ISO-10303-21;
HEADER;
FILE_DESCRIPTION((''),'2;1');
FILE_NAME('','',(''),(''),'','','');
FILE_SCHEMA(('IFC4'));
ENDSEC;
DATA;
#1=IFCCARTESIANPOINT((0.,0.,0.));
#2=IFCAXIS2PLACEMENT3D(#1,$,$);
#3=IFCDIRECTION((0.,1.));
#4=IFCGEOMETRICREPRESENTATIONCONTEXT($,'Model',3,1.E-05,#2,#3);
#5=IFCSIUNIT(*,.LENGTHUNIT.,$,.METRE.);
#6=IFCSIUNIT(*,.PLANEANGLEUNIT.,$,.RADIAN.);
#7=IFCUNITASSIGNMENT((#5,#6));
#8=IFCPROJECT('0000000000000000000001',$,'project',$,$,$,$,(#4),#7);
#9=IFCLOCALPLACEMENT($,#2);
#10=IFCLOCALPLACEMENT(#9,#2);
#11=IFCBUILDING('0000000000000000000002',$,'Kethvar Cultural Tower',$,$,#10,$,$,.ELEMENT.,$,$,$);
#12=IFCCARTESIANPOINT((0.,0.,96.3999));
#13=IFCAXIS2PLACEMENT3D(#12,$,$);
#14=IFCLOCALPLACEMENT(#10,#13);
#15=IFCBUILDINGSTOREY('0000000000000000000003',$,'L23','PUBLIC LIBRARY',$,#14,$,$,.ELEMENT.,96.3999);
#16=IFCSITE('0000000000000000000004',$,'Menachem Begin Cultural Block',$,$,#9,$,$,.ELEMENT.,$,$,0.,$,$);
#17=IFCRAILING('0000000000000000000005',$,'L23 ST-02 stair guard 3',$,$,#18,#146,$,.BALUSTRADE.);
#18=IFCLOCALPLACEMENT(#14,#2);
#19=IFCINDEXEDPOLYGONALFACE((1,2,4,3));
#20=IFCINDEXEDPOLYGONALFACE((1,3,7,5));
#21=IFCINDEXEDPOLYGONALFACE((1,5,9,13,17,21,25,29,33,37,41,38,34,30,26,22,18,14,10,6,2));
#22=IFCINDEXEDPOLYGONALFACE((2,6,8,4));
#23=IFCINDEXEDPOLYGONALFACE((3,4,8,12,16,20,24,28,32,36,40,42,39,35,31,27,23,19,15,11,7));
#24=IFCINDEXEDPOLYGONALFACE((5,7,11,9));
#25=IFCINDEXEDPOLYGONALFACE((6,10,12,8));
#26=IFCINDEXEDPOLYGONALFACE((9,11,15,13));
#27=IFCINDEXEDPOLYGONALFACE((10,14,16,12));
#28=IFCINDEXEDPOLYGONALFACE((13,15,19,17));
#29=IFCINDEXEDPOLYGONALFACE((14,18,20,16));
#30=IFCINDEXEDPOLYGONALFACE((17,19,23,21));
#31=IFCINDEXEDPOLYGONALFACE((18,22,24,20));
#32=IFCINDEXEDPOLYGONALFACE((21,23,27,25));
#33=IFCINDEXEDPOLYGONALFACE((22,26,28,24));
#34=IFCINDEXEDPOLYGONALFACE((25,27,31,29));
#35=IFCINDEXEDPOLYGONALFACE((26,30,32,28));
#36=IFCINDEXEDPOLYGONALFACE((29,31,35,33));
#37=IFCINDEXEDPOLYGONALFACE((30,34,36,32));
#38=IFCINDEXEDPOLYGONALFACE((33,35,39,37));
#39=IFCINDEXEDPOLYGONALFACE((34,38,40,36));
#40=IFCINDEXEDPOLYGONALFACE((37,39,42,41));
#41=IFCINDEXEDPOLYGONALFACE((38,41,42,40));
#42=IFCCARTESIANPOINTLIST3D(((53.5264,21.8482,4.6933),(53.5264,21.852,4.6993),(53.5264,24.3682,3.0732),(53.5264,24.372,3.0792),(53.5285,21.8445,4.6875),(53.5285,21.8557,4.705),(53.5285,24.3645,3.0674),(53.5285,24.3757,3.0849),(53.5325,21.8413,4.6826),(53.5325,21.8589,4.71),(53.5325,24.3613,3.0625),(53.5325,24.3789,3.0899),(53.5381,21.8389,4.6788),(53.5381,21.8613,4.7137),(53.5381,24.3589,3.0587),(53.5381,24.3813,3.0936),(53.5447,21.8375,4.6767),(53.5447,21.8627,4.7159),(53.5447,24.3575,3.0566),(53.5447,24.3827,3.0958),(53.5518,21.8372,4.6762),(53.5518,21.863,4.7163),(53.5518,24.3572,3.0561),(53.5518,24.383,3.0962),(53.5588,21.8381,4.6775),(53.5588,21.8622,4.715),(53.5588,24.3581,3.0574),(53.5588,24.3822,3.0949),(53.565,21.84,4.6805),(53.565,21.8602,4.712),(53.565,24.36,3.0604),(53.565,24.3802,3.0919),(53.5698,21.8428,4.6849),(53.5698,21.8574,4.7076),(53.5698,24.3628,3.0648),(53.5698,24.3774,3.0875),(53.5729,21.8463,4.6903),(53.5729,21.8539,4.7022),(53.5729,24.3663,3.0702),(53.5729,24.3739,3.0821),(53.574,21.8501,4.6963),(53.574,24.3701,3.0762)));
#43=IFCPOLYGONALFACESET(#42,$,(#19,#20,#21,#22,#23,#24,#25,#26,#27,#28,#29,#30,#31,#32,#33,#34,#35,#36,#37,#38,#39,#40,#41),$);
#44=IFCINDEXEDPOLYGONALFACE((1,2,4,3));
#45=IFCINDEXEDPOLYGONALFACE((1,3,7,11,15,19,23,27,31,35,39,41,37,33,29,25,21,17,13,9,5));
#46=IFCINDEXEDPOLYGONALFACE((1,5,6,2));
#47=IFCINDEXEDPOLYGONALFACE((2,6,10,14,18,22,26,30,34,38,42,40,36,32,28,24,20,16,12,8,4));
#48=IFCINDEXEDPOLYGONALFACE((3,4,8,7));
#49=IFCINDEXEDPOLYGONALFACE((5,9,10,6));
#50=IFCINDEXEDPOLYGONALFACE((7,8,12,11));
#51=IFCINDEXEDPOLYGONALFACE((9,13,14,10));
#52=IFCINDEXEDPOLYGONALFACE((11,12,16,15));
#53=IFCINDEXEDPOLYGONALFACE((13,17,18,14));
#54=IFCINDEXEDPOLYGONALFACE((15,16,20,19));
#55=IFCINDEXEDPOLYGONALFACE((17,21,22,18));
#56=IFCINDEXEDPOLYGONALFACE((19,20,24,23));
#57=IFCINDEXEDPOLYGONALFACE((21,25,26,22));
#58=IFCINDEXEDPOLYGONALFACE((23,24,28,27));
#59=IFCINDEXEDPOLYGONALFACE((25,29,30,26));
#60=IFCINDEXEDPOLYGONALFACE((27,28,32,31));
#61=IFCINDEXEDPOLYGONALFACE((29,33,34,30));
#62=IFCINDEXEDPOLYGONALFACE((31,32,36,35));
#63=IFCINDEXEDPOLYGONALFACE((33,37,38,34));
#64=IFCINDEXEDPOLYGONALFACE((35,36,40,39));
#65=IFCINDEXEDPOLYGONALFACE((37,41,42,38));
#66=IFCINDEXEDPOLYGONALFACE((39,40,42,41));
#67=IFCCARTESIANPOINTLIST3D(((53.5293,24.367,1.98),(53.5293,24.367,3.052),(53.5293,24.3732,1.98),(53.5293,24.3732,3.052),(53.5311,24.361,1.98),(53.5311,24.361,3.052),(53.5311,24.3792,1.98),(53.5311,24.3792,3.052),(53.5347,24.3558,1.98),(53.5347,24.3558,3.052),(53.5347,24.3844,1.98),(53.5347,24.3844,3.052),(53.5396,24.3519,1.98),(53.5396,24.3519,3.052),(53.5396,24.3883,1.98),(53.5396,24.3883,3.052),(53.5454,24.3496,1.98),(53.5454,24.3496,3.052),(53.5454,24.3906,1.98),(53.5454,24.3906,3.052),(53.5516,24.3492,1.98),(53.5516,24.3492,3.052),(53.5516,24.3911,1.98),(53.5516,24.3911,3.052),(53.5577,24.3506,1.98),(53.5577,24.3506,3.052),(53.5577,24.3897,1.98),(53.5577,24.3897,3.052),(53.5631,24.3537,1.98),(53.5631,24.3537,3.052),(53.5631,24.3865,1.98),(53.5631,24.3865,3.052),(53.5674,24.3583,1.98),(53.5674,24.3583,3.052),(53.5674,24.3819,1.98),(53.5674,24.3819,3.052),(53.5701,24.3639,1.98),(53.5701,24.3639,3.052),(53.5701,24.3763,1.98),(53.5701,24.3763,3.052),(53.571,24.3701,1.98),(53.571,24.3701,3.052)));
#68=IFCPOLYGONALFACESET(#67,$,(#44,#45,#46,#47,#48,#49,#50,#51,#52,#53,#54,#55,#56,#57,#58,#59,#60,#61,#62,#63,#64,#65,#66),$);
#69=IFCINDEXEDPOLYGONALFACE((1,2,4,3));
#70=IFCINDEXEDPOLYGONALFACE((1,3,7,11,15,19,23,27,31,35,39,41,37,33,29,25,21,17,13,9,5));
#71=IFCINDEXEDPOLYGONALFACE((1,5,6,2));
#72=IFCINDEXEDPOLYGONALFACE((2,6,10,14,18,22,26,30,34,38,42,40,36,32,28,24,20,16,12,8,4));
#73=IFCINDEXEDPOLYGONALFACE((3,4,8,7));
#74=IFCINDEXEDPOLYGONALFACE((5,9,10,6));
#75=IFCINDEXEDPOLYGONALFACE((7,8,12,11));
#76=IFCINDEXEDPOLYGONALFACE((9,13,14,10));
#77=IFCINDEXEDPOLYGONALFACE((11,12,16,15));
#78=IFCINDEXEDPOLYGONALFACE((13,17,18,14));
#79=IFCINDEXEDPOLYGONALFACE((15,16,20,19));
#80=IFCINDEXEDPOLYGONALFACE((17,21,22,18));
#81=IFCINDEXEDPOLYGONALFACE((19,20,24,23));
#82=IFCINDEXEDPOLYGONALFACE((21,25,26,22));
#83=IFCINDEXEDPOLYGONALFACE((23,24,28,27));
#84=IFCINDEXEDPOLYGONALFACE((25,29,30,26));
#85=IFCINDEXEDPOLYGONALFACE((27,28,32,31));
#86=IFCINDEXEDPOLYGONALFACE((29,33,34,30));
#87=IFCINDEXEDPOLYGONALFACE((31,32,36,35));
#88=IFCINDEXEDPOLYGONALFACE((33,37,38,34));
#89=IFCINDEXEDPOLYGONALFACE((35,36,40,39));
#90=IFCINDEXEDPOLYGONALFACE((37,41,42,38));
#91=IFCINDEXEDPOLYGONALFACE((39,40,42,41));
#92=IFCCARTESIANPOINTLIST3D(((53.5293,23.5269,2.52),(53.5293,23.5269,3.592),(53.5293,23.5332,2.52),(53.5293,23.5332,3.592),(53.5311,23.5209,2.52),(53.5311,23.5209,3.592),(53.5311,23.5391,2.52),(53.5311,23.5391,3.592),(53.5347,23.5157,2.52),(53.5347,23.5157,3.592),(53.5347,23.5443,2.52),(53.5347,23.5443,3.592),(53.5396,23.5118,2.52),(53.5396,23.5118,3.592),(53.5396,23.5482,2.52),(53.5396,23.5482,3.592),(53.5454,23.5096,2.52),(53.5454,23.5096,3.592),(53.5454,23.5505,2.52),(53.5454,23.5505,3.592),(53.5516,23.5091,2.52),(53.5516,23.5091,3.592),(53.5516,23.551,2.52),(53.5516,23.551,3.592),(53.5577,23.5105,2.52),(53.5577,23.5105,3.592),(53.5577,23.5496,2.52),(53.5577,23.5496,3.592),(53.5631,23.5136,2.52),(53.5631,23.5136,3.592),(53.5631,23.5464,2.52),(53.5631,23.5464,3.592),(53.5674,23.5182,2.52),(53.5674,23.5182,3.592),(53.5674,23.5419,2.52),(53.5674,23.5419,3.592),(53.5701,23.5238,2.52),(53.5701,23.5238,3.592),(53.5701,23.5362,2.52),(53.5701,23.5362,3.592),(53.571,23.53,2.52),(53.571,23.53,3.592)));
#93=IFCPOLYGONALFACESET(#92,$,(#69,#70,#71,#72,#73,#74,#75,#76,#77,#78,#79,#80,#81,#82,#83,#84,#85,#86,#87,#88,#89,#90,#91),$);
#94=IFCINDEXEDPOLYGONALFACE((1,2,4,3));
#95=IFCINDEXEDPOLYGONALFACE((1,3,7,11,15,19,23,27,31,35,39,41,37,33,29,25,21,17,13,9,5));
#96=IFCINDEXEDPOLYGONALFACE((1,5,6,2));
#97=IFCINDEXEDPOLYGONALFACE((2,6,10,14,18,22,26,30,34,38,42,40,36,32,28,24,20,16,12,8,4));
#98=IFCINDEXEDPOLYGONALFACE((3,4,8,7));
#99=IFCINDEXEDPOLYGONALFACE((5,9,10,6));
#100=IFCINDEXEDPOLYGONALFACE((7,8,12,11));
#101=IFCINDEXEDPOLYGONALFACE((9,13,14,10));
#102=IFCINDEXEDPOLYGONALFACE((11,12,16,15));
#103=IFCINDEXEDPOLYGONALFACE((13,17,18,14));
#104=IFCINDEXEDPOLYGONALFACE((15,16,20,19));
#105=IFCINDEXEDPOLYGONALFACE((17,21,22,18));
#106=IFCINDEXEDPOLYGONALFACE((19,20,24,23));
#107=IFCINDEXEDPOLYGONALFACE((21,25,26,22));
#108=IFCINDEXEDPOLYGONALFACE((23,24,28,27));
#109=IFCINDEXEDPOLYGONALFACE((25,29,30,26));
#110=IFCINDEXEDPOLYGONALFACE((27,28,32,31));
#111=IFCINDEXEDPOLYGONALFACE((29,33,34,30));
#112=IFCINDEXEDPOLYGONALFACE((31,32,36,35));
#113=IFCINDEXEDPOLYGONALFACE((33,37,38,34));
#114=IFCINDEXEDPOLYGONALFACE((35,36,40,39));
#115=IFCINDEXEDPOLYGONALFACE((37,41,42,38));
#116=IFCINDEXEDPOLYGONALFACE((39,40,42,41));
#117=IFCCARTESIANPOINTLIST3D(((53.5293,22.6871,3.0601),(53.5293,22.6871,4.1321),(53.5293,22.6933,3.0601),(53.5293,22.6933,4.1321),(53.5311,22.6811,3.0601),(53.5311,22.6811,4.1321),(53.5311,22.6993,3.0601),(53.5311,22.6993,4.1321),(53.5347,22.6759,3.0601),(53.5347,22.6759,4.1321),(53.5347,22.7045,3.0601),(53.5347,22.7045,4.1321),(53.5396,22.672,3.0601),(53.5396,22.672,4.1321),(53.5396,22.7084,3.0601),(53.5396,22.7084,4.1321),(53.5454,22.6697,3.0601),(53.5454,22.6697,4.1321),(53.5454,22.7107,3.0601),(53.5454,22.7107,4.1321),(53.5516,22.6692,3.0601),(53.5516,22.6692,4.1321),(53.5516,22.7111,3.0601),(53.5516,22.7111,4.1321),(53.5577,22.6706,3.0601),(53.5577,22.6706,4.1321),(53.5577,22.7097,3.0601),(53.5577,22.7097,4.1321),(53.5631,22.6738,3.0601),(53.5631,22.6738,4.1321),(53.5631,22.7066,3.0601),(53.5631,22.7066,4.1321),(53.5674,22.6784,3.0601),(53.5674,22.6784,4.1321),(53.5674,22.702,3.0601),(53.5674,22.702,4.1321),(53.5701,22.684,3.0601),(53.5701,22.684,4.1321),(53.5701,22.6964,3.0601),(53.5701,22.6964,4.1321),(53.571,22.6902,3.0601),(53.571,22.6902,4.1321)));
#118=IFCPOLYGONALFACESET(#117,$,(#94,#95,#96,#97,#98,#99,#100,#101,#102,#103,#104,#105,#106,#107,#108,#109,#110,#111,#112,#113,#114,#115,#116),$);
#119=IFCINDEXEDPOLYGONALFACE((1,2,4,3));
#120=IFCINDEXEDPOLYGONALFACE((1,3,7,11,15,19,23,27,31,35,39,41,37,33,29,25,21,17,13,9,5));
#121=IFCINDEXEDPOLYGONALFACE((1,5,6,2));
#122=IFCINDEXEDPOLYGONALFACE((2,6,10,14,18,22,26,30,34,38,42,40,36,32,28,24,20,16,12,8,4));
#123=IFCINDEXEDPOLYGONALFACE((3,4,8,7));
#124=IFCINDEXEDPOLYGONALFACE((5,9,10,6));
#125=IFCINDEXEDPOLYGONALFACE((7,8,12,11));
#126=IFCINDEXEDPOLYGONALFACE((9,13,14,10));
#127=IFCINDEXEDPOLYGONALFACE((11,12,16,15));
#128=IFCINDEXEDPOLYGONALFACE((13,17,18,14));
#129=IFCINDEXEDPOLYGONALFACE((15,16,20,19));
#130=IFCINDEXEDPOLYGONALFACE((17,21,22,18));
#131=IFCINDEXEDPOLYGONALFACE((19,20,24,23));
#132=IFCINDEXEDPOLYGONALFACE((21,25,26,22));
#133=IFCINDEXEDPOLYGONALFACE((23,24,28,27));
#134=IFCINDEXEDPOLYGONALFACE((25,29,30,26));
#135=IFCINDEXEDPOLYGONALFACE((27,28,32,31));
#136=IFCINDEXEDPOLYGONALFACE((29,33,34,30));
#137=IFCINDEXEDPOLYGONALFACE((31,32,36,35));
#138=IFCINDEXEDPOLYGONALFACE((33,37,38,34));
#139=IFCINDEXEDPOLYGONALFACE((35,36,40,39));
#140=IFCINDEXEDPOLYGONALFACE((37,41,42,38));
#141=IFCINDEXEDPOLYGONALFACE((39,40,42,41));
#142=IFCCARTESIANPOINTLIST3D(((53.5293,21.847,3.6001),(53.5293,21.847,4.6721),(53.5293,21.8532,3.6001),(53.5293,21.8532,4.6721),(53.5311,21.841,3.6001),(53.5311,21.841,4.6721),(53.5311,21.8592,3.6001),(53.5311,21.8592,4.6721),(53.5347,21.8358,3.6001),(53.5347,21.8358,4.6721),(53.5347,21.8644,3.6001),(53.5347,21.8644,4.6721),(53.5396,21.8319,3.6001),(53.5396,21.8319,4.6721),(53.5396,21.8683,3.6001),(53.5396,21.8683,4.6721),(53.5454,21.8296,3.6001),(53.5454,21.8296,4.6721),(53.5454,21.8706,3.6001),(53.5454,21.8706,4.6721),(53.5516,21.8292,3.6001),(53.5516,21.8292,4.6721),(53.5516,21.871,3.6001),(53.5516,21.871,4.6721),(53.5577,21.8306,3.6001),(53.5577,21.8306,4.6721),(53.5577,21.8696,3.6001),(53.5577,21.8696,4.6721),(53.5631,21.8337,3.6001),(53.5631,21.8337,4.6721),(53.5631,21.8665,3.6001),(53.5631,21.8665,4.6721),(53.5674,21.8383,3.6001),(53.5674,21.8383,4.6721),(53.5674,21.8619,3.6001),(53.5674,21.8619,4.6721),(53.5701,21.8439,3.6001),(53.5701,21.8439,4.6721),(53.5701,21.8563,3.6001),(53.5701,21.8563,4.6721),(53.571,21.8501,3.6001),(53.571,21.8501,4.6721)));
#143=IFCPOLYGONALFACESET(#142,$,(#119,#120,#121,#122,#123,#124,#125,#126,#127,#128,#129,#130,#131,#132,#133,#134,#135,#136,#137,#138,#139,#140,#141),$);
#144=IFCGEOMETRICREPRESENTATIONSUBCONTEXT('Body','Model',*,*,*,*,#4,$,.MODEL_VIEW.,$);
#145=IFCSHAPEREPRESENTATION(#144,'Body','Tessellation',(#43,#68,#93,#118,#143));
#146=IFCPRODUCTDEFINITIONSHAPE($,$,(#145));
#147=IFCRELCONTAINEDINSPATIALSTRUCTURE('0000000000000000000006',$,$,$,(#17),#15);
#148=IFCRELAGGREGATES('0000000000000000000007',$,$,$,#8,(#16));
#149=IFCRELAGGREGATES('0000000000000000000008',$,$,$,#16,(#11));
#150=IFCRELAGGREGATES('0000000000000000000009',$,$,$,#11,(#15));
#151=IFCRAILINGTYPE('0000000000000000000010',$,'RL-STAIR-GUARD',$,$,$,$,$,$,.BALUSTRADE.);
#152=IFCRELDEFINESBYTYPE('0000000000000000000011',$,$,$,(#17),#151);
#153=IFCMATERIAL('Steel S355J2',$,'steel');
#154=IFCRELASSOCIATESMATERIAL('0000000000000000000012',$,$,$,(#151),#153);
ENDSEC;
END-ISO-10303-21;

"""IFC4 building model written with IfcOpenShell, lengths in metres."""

from ifc_helpers import new_model, si_unit, direction, frame, origin, origin_2d, place, context, subcontext, project, spatial, circle, extrude, material, type_object, element, save


model = new_model("IFC4")

# Units and contexts
model_context = context("Model", 3, precision=1e-05, world=origin(), true_north=direction((0.0, 1.0)))
body_context = subcontext(model_context, "Body", "Model", "MODEL_VIEW")
ifc_project = project(units=[si_unit("LENGTHUNIT", "METRE"), si_unit("PLANEANGLEUNIT", "RADIAN")], contexts=[model_context])

# Site, building, storey
site_placement = place(None, origin())
site = spatial("IfcSite", under=ifc_project, at=site_placement, Name="Menachem Begin Cultural Block", CompositionType="ELEMENT", RefElevation=0.0)
building_placement = place(site_placement, origin())
building = spatial("IfcBuilding", under=site, at=building_placement, Name="Kethvar Cultural Tower", CompositionType="ELEMENT")
storey_placement = place(building_placement, frame((0.0, 0.0, 96.3999)))
storey = spatial("IfcBuildingStorey", under=building, at=storey_placement, Name="L23", Description="PUBLIC LIBRARY", CompositionType="ELEMENT", Elevation=96.3999)

# Shared definitions
ifc_material_1 = material(Name="Steel S355J2", Category="steel")

# Railing
railing_type_1 = type_object("IfcRailingType", Name="RL-STAIR-GUARD", PredefinedType="BALUSTRADE", material=ifc_material_1)
railing_1_placement = place(storey_placement, frame((53.55, 24.3701, 1.98)))
element("IfcRailing", 1, at=railing_1_placement, inside=storey, type_object=railing_type_1, Name="L23 ST-02 stair guard 3", PredefinedType="BALUSTRADE", context=body_context, shape_type="SweptSolid", body=[
    extrude(circle(Radius=0.0239, at=origin_2d()), frame((0.0, 0.0, 1.0962), z_axis=(0.0, -0.841163, 0.540782), x_axis=(1.0, 0.0, 0.0)), (0.0, 0.0, 1.0), 2.9958),
    extrude(circle(Radius=0.021, at=origin_2d()), origin(), (0.0, 0.0, 1.0), 1.072),
    extrude(circle(Radius=0.021, at=origin_2d()), frame((0.0, -0.8401, 0.54)), (0.0, 0.0, 1.0), 1.072),
    extrude(circle(Radius=0.021, at=origin_2d()), frame((0.0, -1.6799, 1.0801)), (0.0, 0.0, 1.0), 1.072),
    extrude(circle(Radius=0.021, at=origin_2d()), frame((0.0, -2.52, 1.6201)), (0.0, 0.0, 1.0), 1.072),
])

save(model, "model.ifc")
